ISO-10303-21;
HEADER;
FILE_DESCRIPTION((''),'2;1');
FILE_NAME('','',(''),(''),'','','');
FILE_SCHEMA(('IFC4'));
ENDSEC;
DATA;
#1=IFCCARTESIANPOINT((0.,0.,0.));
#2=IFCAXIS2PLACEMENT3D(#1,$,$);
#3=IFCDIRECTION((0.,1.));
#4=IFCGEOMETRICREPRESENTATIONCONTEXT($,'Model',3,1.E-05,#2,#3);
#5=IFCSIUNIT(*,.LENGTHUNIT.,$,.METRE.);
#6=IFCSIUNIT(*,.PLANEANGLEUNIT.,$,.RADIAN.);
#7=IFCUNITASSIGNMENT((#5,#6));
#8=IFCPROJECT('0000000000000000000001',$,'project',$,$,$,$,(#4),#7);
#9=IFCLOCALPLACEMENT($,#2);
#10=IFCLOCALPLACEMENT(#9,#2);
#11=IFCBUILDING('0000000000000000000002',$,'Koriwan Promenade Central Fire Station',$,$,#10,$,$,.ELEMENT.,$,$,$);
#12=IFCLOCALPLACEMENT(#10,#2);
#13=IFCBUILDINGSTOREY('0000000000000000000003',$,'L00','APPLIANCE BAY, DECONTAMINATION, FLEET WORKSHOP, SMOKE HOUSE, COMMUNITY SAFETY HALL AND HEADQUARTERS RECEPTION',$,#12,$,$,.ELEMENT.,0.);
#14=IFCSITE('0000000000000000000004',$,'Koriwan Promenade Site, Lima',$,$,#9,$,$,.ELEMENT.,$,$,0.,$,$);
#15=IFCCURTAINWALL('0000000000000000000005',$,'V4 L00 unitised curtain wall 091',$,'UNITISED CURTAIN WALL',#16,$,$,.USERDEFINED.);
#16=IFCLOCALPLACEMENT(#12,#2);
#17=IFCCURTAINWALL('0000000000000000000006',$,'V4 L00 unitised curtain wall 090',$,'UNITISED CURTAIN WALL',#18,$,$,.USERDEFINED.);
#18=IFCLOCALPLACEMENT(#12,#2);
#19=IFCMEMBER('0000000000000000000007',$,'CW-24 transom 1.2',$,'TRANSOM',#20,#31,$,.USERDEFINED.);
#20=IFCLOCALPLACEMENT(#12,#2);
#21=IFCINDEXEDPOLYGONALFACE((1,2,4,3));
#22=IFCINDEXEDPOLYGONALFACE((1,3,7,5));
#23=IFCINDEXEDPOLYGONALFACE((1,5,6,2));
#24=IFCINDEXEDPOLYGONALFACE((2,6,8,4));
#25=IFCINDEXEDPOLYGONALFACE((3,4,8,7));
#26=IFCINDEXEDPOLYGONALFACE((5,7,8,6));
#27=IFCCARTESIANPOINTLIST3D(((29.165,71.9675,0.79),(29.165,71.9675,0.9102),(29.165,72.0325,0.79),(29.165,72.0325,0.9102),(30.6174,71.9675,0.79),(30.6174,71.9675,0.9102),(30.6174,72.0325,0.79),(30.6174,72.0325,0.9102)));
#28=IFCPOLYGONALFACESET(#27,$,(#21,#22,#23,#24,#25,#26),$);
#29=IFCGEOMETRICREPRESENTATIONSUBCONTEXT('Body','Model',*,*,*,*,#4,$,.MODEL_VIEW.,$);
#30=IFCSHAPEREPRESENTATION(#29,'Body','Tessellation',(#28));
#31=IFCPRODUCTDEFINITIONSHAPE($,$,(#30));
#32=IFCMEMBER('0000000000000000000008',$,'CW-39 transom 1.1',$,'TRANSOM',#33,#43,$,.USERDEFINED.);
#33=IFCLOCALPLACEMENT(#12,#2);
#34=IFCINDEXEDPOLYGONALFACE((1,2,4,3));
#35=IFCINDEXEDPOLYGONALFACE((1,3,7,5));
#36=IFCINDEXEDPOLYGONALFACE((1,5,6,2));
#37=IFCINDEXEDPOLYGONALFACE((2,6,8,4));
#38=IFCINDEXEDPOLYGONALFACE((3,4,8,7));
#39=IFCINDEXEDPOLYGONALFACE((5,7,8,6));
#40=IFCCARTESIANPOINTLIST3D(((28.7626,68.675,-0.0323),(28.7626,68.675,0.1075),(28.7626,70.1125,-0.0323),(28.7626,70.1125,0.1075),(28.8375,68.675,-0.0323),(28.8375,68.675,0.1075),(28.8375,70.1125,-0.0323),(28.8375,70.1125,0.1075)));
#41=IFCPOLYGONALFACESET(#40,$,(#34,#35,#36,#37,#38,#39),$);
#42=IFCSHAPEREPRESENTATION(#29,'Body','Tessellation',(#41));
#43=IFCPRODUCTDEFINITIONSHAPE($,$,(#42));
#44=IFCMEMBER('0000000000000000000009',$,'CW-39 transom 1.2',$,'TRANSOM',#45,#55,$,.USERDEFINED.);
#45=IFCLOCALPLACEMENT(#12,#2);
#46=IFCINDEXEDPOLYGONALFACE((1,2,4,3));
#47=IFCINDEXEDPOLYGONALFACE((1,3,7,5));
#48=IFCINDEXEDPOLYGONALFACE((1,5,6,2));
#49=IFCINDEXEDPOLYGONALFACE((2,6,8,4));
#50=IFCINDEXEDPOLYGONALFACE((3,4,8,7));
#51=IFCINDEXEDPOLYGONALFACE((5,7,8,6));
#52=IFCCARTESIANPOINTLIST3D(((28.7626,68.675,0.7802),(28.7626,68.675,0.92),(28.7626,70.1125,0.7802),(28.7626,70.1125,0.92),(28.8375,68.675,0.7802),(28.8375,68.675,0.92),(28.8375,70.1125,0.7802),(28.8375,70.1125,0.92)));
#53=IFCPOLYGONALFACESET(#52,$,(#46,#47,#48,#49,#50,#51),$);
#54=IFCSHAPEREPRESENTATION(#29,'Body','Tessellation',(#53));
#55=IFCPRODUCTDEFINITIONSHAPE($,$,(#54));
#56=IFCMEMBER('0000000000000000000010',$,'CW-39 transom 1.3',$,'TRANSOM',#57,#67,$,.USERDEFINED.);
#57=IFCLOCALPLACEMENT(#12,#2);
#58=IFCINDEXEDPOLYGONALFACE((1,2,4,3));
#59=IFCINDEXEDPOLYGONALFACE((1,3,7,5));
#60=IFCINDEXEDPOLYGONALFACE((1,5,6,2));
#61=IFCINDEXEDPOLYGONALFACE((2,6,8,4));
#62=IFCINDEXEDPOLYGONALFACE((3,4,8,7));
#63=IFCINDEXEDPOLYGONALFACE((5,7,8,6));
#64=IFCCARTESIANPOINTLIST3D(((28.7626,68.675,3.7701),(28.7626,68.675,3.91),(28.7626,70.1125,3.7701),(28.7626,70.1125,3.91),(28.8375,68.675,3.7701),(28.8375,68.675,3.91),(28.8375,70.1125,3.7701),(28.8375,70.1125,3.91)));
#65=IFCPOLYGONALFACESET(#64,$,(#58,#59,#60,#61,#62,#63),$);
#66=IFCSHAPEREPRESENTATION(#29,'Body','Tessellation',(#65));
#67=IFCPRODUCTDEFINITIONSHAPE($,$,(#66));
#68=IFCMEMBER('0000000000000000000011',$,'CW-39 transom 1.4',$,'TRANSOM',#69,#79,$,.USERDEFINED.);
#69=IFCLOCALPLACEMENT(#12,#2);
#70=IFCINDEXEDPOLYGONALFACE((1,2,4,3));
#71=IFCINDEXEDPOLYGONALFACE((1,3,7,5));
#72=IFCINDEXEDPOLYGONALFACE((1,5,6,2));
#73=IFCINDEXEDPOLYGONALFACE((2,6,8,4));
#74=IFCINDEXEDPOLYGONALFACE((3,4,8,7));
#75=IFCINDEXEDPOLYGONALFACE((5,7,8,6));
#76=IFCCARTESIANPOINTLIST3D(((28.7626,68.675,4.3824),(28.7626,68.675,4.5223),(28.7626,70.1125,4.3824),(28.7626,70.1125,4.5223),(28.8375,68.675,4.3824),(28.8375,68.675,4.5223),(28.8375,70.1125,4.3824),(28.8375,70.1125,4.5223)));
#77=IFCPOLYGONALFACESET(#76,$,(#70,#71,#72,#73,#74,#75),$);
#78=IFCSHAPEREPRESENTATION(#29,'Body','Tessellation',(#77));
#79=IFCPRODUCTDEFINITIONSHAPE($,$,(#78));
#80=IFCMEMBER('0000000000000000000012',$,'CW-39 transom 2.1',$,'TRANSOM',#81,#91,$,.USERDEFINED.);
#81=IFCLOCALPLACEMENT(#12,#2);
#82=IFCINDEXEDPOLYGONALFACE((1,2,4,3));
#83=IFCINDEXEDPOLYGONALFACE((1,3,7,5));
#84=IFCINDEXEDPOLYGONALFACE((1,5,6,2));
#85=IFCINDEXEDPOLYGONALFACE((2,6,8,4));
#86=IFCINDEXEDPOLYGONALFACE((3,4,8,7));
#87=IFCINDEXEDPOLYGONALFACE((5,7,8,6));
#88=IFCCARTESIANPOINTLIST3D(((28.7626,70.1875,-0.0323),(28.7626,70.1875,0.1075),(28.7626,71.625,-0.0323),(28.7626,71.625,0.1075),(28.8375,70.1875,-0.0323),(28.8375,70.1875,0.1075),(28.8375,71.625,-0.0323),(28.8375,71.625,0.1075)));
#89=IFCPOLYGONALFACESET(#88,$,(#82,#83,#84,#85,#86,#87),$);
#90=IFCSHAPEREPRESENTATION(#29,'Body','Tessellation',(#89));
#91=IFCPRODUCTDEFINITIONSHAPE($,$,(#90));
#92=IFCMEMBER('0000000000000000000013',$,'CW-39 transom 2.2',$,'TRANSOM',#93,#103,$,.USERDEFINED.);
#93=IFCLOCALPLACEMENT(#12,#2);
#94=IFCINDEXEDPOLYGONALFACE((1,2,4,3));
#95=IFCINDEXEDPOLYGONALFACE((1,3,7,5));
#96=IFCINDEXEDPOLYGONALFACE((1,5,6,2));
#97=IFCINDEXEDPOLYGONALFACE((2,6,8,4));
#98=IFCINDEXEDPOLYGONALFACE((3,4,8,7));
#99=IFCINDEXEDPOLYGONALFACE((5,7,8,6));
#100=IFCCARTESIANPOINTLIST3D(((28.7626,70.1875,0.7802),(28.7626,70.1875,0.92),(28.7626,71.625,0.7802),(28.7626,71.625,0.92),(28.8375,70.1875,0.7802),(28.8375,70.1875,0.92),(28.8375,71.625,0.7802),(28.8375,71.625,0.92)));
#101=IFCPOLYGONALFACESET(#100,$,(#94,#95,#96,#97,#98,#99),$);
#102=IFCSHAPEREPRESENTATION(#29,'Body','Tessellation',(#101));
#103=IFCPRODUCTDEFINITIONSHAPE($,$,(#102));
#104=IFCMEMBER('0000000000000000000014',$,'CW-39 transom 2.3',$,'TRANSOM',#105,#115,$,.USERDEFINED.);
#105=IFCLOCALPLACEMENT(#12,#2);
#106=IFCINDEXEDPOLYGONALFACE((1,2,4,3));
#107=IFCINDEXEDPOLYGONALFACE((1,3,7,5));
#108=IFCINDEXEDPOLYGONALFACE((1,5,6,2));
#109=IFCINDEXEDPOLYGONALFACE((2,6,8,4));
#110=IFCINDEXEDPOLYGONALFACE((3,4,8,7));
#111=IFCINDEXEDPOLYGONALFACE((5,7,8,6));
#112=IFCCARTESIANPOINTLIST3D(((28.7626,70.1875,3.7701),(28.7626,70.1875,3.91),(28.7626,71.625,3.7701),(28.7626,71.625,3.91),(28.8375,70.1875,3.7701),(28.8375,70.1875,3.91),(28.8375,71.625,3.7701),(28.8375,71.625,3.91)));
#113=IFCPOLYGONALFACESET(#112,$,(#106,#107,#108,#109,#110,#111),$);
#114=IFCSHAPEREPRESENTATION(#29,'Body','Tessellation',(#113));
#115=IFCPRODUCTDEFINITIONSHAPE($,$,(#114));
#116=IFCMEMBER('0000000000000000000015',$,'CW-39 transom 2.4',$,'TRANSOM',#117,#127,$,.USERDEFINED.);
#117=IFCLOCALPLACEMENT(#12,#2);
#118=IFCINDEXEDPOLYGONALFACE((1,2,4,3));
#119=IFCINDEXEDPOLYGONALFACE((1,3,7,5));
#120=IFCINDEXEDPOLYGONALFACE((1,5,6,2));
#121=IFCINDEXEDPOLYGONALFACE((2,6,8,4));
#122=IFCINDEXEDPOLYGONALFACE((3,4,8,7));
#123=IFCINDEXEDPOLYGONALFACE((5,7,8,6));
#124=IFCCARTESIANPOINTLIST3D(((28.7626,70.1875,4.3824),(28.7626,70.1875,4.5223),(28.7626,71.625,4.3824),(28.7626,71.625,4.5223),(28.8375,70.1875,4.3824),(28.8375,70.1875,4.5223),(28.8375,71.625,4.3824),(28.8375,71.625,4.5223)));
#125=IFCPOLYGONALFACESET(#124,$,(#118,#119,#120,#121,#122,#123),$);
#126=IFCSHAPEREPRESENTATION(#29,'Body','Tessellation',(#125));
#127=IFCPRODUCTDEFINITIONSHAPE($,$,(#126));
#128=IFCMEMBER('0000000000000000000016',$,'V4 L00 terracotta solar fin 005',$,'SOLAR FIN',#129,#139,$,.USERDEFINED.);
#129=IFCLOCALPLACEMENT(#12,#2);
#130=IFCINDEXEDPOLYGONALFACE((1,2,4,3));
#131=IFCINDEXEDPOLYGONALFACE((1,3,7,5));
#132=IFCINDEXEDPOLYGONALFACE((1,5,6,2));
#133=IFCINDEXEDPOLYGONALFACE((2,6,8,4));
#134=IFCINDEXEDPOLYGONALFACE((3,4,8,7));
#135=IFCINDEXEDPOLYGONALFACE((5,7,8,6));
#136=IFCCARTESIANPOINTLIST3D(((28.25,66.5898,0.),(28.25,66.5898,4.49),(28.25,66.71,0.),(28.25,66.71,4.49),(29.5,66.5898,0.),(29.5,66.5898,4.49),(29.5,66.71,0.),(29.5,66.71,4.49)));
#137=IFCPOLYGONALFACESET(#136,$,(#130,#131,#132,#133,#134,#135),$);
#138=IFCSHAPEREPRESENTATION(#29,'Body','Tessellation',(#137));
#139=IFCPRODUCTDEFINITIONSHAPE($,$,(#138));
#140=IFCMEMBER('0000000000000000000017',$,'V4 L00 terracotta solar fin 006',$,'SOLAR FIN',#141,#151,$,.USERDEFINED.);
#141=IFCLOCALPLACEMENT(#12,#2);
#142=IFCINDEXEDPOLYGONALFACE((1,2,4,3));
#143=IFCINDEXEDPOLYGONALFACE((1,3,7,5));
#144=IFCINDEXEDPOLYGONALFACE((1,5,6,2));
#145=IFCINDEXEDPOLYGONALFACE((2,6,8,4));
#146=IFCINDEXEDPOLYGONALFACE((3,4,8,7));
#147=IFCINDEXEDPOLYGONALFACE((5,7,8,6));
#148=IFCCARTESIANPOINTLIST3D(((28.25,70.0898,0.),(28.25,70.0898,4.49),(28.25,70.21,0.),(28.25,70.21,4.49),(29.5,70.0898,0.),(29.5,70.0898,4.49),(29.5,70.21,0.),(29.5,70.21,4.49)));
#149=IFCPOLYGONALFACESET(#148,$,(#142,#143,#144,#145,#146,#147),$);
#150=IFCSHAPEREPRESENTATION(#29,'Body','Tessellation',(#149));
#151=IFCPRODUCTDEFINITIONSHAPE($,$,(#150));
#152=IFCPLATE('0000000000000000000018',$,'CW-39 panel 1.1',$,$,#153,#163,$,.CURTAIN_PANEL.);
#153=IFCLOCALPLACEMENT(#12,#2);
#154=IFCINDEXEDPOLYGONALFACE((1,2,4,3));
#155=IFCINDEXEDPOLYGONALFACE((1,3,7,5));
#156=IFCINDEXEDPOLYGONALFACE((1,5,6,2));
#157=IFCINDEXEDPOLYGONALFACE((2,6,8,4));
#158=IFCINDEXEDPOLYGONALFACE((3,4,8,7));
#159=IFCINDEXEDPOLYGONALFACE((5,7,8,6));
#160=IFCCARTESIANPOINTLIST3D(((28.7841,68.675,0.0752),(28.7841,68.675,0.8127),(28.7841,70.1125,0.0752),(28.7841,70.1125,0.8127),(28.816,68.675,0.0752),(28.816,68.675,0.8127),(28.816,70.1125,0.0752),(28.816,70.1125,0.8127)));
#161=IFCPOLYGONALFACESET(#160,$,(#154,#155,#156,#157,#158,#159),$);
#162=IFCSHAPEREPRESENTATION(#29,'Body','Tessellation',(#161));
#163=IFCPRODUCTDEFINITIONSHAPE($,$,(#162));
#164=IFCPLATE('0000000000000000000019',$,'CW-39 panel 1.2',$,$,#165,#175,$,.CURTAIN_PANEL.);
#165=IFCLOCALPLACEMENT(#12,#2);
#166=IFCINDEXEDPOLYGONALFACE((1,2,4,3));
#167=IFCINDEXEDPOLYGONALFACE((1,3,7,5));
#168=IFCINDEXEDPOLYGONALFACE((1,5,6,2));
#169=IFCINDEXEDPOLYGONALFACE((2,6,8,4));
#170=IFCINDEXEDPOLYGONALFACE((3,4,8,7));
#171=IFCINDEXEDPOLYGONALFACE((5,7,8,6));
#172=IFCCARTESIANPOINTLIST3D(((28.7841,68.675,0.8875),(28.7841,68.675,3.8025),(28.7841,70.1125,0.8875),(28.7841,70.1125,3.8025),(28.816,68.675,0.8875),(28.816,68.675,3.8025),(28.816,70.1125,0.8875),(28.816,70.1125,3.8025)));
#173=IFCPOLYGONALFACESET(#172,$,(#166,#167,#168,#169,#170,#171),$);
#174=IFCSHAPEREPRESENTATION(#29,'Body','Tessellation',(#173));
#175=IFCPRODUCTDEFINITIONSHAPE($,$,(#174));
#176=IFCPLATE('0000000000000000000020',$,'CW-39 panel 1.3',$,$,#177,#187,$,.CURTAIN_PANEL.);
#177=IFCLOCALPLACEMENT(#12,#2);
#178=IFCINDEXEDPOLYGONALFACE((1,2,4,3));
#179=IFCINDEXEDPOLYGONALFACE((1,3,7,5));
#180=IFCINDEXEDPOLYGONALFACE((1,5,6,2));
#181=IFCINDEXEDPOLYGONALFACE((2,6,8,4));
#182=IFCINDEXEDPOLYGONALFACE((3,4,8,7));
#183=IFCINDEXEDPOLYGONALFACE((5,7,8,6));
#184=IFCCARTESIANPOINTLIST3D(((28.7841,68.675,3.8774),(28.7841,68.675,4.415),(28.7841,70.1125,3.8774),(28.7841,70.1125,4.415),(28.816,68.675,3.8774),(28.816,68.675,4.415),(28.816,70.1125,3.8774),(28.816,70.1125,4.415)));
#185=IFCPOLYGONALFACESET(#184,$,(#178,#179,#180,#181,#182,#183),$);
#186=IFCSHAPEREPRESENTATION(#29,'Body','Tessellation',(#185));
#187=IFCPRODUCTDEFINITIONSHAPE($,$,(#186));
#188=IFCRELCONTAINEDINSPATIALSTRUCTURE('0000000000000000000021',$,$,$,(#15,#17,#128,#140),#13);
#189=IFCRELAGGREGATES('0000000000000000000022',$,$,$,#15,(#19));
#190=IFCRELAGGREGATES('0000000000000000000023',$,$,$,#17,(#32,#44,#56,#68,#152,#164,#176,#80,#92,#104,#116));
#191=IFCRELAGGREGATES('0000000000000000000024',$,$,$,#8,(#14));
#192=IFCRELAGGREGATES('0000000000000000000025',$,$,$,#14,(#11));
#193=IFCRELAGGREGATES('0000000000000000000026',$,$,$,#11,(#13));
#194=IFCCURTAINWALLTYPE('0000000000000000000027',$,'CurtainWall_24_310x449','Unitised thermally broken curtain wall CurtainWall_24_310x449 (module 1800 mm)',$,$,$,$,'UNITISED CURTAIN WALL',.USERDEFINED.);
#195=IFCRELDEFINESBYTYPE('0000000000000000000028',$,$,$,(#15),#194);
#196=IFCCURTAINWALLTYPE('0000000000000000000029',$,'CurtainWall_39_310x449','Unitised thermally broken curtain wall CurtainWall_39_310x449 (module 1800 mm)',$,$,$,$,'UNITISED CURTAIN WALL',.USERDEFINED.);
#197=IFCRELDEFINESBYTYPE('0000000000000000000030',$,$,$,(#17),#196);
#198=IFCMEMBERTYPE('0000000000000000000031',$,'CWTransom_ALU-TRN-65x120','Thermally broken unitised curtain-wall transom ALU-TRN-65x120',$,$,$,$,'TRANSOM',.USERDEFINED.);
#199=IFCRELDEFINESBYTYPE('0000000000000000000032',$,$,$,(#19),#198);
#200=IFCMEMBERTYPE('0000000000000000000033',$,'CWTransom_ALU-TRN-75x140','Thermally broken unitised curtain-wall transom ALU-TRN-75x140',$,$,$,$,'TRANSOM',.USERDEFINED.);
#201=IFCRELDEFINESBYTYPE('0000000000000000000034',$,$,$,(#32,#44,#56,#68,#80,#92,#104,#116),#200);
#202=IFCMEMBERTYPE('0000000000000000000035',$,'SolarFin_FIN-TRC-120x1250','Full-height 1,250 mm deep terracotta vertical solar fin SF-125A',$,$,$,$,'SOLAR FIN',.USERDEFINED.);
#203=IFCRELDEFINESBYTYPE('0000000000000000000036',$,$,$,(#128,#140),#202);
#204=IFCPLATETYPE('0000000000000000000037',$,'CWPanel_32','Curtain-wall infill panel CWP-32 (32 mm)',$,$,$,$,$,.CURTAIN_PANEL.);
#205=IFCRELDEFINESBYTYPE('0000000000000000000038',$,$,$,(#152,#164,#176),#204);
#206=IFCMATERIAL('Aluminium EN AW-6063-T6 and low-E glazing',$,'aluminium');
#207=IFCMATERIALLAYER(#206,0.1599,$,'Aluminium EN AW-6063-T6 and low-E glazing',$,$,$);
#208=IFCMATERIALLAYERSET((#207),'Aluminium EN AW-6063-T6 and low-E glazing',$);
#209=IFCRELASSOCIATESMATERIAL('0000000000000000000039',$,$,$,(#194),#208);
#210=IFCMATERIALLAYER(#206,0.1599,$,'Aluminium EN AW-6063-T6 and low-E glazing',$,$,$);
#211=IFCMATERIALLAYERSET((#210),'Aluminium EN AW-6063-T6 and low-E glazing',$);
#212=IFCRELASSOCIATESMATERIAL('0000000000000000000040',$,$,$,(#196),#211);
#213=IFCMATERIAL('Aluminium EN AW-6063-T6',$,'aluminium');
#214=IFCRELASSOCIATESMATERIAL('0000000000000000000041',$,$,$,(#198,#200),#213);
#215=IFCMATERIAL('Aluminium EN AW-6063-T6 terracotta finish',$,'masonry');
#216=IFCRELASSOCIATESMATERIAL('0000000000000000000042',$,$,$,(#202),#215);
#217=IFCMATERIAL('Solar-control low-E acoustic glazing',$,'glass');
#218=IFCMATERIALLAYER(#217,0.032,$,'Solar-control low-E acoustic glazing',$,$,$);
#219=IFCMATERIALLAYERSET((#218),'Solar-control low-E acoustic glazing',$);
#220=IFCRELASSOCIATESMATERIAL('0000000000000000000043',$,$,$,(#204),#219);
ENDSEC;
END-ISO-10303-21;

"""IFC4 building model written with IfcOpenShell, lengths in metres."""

from ifc_helpers import new_model, si_unit, direction, frame, origin, origin_2d, place, context, subcontext, project, spatial, rectangle, extrude, material, layer, layer_set, material_profile, profile_set, type_object, element, aggregate, save


model = new_model("IFC4")

# Units and contexts
model_context = context("Model", 3, precision=1e-05, world=origin(), true_north=direction((0.0, 1.0)))
body_context = subcontext(model_context, "Body", "Model", "MODEL_VIEW")
ifc_project = project(units=[si_unit("LENGTHUNIT", "METRE"), si_unit("PLANEANGLEUNIT", "RADIAN")], contexts=[model_context])

# Site, building, storey
site_placement = place(None, origin())
site = spatial("IfcSite", under=ifc_project, at=site_placement, Name="Koriwan Promenade Site, Lima", CompositionType="ELEMENT", RefElevation=0.0)
building_placement = place(site_placement, origin())
building = spatial("IfcBuilding", under=site, at=building_placement, Name="Koriwan Promenade Central Fire Station", CompositionType="ELEMENT")
storey_placement = place(building_placement, origin())
storey = spatial("IfcBuildingStorey", under=building, at=storey_placement, Name="L00", Description="APPLIANCE BAY, DECONTAMINATION, FLEET WORKSHOP, SMOKE HOUSE, COMMUNITY SAFETY HALL AND HEADQUARTERS RECEPTION", CompositionType="ELEMENT", Elevation=0.0)

# Curtain wall
ifc_material_1 = material(Name="Aluminium EN AW-6063-T6 and low-E glazing", Category="aluminium")
ifc_layer_1 = layer(ifc_material_1, 0.1599, Name="Aluminium EN AW-6063-T6 and low-E glazing")
ifc_layer_set_1 = layer_set([ifc_layer_1], Name="Aluminium EN AW-6063-T6 and low-E glazing")
curtain_wall_type_1 = type_object("IfcCurtainWallType", Name="CurtainWall_24_310x449", Description="Unitised thermally broken curtain wall CurtainWall_24_310x449 (module 1800 mm)", ElementType="UNITISED CURTAIN WALL", PredefinedType="USERDEFINED", material=ifc_layer_set_1)
ifc_material_2 = material(Name="Aluminium EN AW-6063-T6", Category="aluminium")
curtain_wall_1_placement = place(storey_placement, origin())
curtain_wall_1 = element("IfcCurtainWall", 1, at=curtain_wall_1_placement, inside=storey, type_object=curtain_wall_type_1, Name="V4 L00 unitised curtain wall 091", ObjectType="UNITISED CURTAIN WALL", PredefinedType="USERDEFINED")

# Curtain wall
ifc_layer_2 = layer(ifc_material_1, 0.1599, Name="Aluminium EN AW-6063-T6 and low-E glazing")
ifc_layer_set_2 = layer_set([ifc_layer_2], Name="Aluminium EN AW-6063-T6 and low-E glazing")
curtain_wall_type_2 = type_object("IfcCurtainWallType", Name="CurtainWall_39_310x449", Description="Unitised thermally broken curtain wall CurtainWall_39_310x449 (module 1800 mm)", ElementType="UNITISED CURTAIN WALL", PredefinedType="USERDEFINED", material=ifc_layer_set_2)
curtain_wall_2_placement = place(storey_placement, origin())
curtain_wall_2 = element("IfcCurtainWall", 2, at=curtain_wall_2_placement, inside=storey, type_object=curtain_wall_type_2, Name="V4 L00 unitised curtain wall 090", ObjectType="UNITISED CURTAIN WALL", PredefinedType="USERDEFINED")

# Members
ifc_material_profile_1 = material_profile(ifc_material_2, rectangle(XDim=0.0649, YDim=0.1201, at=origin_2d()), Name="ALU-TRN-65x120")
ifc_profile_set_1 = profile_set([ifc_material_profile_1], Name="Aluminium EN AW-6063-T6")
member_type_1 = type_object("IfcMemberType", Name="CWTransom_ALU-TRN-65x120", Description="Thermally broken unitised curtain-wall transom ALU-TRN-65x120", ElementType="TRANSOM", PredefinedType="USERDEFINED", material=ifc_profile_set_1)
member_1_placement = place(storey_placement, frame((29.165, 72.0, 0.8501), z_axis=(1.0, 0.0, 0.0), x_axis=(0.0, 1.0, 0.0)))
member_1 = element("IfcMember", 3, at=member_1_placement, type_object=member_type_1, Name="CW-24 transom 1.2", ObjectType="TRANSOM", PredefinedType="USERDEFINED", context=body_context, shape_type="SweptSolid", body=[
    extrude(rectangle(XDim=0.0649, YDim=0.1201, at=origin_2d()), origin(), (0.0, 0.0, 1.0), 1.4524),
])
aggregate(curtain_wall_1, [member_1])
ifc_material_profile_2 = material_profile(ifc_material_2, rectangle(XDim=0.075, YDim=0.1399, at=origin_2d()), Name="ALU-TRN-75x140")
ifc_profile_set_2 = profile_set([ifc_material_profile_2], Name="Aluminium EN AW-6063-T6")
member_type_2 = type_object("IfcMemberType", Name="CWTransom_ALU-TRN-75x140", Description="Thermally broken unitised curtain-wall transom ALU-TRN-75x140", ElementType="TRANSOM", PredefinedType="USERDEFINED", material=ifc_profile_set_2)
member_2_placement = place(storey_placement, frame((28.8, 68.675, 0.0376), z_axis=(0.0, 1.0, 0.0), x_axis=(-1.0, 0.0, 0.0)))
member_2 = element("IfcMember", 4, at=member_2_placement, type_object=member_type_2, Name="CW-39 transom 1.1", ObjectType="TRANSOM", PredefinedType="USERDEFINED", context=body_context, shape_type="SweptSolid", body=[
    extrude(rectangle(XDim=0.075, YDim=0.1399, at=origin_2d()), origin(), (0.0, 0.0, 1.0), 1.4375),
])
member_3_placement = place(storey_placement, frame((28.8, 68.675, 0.8501), z_axis=(0.0, 1.0, 0.0), x_axis=(-1.0, 0.0, 0.0)))
member_3 = element("IfcMember", 5, at=member_3_placement, type_object=member_type_2, Name="CW-39 transom 1.2", ObjectType="TRANSOM", PredefinedType="USERDEFINED", context=body_context, shape_type="SweptSolid", body=[
    extrude(rectangle(XDim=0.075, YDim=0.1399, at=origin_2d()), origin(), (0.0, 0.0, 1.0), 1.4375),
])
member_4_placement = place(storey_placement, frame((28.8, 68.675, 3.8401), z_axis=(0.0, 1.0, 0.0), x_axis=(-1.0, 0.0, 0.0)))
member_4 = element("IfcMember", 6, at=member_4_placement, type_object=member_type_2, Name="CW-39 transom 1.3", ObjectType="TRANSOM", PredefinedType="USERDEFINED", context=body_context, shape_type="SweptSolid", body=[
    extrude(rectangle(XDim=0.075, YDim=0.1399, at=origin_2d()), origin(), (0.0, 0.0, 1.0), 1.4375),
])
member_5_placement = place(storey_placement, frame((28.8, 68.675, 4.4524), z_axis=(0.0, 1.0, 0.0), x_axis=(-1.0, 0.0, 0.0)))
member_5 = element("IfcMember", 7, at=member_5_placement, type_object=member_type_2, Name="CW-39 transom 1.4", ObjectType="TRANSOM", PredefinedType="USERDEFINED", context=body_context, shape_type="SweptSolid", body=[
    extrude(rectangle(XDim=0.075, YDim=0.1399, at=origin_2d()), origin(), (0.0, 0.0, 1.0), 1.4375),
])
member_6_placement = place(storey_placement, frame((28.8, 70.1875, 0.0376), z_axis=(0.0, 1.0, 0.0), x_axis=(-1.0, 0.0, 0.0)))
member_6 = element("IfcMember", 8, at=member_6_placement, type_object=member_type_2, Name="CW-39 transom 2.1", ObjectType="TRANSOM", PredefinedType="USERDEFINED", context=body_context, shape_type="SweptSolid", body=[
    extrude(rectangle(XDim=0.075, YDim=0.1399, at=origin_2d()), origin(), (0.0, 0.0, 1.0), 1.4375),
])
member_7_placement = place(storey_placement, frame((28.8, 70.1875, 0.8501), z_axis=(0.0, 1.0, 0.0), x_axis=(-1.0, 0.0, 0.0)))
member_7 = element("IfcMember", 9, at=member_7_placement, type_object=member_type_2, Name="CW-39 transom 2.2", ObjectType="TRANSOM", PredefinedType="USERDEFINED", context=body_context, shape_type="SweptSolid", body=[
    extrude(rectangle(XDim=0.075, YDim=0.1399, at=origin_2d()), origin(), (0.0, 0.0, 1.0), 1.4375),
])
member_8_placement = place(storey_placement, frame((28.8, 70.1875, 3.8401), z_axis=(0.0, 1.0, 0.0), x_axis=(-1.0, 0.0, 0.0)))
member_8 = element("IfcMember", 10, at=member_8_placement, type_object=member_type_2, Name="CW-39 transom 2.3", ObjectType="TRANSOM", PredefinedType="USERDEFINED", context=body_context, shape_type="SweptSolid", body=[
    extrude(rectangle(XDim=0.075, YDim=0.1399, at=origin_2d()), origin(), (0.0, 0.0, 1.0), 1.4375),
])
member_9_placement = place(storey_placement, frame((28.8, 70.1875, 4.4524), z_axis=(0.0, 1.0, 0.0), x_axis=(-1.0, 0.0, 0.0)))
member_9 = element("IfcMember", 11, at=member_9_placement, type_object=member_type_2, Name="CW-39 transom 2.4", ObjectType="TRANSOM", PredefinedType="USERDEFINED", context=body_context, shape_type="SweptSolid", body=[
    extrude(rectangle(XDim=0.075, YDim=0.1399, at=origin_2d()), origin(), (0.0, 0.0, 1.0), 1.4375),
])

# Members
ifc_material_3 = material(Name="Aluminium EN AW-6063-T6 terracotta finish", Category="masonry")
ifc_material_profile_3 = material_profile(ifc_material_3, rectangle(XDim=0.1201, YDim=1.25, at=origin_2d()), Name="FIN-TRC-120x1250")
ifc_profile_set_3 = profile_set([ifc_material_profile_3], Name="Aluminium EN AW-6063-T6 terracotta finish")
member_type_3 = type_object("IfcMemberType", Name="SolarFin_FIN-TRC-120x1250", Description="Full-height 1,250 mm deep terracotta vertical solar fin SF-125A", ElementType="SOLAR FIN", PredefinedType="USERDEFINED", material=ifc_profile_set_3)
for number, where, z_axis, x_axis, name in (
    (12, (28.875, 66.6499, 0.0), (0.0, 0.0, 1.0), (0.0, -1.0, 0.0), "V4 L00 terracotta solar fin 005"),
    (13, (28.875, 70.1499, 0.0), (0.0, 0.0, 1.0), (0.0, -1.0, 0.0), "V4 L00 terracotta solar fin 006"),
):
    element("IfcMember", number, at=place(storey_placement, frame(where, z_axis=z_axis, x_axis=x_axis)), inside=storey, type_object=member_type_3, Name=name, ObjectType="SOLAR FIN", PredefinedType="USERDEFINED", context=body_context, shape_type="SweptSolid", body=[
        extrude(rectangle(XDim=0.1201, YDim=1.25, at=origin_2d()), origin(), (0.0, 0.0, 1.0), 4.49),
    ])

# Plates
ifc_material_4 = material(Name="Solar-control low-E acoustic glazing", Category="glass")
ifc_layer_3 = layer(ifc_material_4, 0.032, Name="Solar-control low-E acoustic glazing")
ifc_layer_set_3 = layer_set([ifc_layer_3], Name="Solar-control low-E acoustic glazing")
plate_type = type_object("IfcPlateType", Name="CWPanel_32", Description="Curtain-wall infill panel CWP-32 (32 mm)", PredefinedType="CURTAIN_PANEL", material=ifc_layer_set_3)
plate_1_placement = place(storey_placement, frame((28.8, 69.3938, 0.0752), z_axis=(0.0, 0.0, 1.0), x_axis=(0.0, 1.0, 0.0)))
plate_1 = element("IfcPlate", 14, at=plate_1_placement, type_object=plate_type, Name="CW-39 panel 1.1", PredefinedType="CURTAIN_PANEL", context=body_context, shape_type="SweptSolid", body=[
    extrude(rectangle(XDim=1.4375, YDim=0.032, at=origin_2d()), origin(), (0.0, 0.0, 1.0), 0.7375),
])
plate_2_placement = place(storey_placement, frame((28.8, 69.3938, 0.8875), z_axis=(0.0, 0.0, 1.0), x_axis=(0.0, 1.0, 0.0)))
plate_2 = element("IfcPlate", 15, at=plate_2_placement, type_object=plate_type, Name="CW-39 panel 1.2", PredefinedType="CURTAIN_PANEL", context=body_context, shape_type="SweptSolid", body=[
    extrude(rectangle(XDim=1.4375, YDim=0.032, at=origin_2d()), origin(), (0.0, 0.0, 1.0), 2.915),
])
plate_3_placement = place(storey_placement, frame((28.8, 69.3938, 3.8774), z_axis=(0.0, 0.0, 1.0), x_axis=(0.0, 1.0, 0.0)))
plate_3 = element("IfcPlate", 16, at=plate_3_placement, type_object=plate_type, Name="CW-39 panel 1.3", PredefinedType="CURTAIN_PANEL", context=body_context, shape_type="SweptSolid", body=[
    extrude(rectangle(XDim=1.4375, YDim=0.032, at=origin_2d()), origin(), (0.0, 0.0, 1.0), 0.5376),
])
aggregate(curtain_wall_2, [member_2, member_3, member_4, member_5, plate_1, plate_2, plate_3, member_6, member_7, member_8, member_9])

save(model, "model.ifc")
